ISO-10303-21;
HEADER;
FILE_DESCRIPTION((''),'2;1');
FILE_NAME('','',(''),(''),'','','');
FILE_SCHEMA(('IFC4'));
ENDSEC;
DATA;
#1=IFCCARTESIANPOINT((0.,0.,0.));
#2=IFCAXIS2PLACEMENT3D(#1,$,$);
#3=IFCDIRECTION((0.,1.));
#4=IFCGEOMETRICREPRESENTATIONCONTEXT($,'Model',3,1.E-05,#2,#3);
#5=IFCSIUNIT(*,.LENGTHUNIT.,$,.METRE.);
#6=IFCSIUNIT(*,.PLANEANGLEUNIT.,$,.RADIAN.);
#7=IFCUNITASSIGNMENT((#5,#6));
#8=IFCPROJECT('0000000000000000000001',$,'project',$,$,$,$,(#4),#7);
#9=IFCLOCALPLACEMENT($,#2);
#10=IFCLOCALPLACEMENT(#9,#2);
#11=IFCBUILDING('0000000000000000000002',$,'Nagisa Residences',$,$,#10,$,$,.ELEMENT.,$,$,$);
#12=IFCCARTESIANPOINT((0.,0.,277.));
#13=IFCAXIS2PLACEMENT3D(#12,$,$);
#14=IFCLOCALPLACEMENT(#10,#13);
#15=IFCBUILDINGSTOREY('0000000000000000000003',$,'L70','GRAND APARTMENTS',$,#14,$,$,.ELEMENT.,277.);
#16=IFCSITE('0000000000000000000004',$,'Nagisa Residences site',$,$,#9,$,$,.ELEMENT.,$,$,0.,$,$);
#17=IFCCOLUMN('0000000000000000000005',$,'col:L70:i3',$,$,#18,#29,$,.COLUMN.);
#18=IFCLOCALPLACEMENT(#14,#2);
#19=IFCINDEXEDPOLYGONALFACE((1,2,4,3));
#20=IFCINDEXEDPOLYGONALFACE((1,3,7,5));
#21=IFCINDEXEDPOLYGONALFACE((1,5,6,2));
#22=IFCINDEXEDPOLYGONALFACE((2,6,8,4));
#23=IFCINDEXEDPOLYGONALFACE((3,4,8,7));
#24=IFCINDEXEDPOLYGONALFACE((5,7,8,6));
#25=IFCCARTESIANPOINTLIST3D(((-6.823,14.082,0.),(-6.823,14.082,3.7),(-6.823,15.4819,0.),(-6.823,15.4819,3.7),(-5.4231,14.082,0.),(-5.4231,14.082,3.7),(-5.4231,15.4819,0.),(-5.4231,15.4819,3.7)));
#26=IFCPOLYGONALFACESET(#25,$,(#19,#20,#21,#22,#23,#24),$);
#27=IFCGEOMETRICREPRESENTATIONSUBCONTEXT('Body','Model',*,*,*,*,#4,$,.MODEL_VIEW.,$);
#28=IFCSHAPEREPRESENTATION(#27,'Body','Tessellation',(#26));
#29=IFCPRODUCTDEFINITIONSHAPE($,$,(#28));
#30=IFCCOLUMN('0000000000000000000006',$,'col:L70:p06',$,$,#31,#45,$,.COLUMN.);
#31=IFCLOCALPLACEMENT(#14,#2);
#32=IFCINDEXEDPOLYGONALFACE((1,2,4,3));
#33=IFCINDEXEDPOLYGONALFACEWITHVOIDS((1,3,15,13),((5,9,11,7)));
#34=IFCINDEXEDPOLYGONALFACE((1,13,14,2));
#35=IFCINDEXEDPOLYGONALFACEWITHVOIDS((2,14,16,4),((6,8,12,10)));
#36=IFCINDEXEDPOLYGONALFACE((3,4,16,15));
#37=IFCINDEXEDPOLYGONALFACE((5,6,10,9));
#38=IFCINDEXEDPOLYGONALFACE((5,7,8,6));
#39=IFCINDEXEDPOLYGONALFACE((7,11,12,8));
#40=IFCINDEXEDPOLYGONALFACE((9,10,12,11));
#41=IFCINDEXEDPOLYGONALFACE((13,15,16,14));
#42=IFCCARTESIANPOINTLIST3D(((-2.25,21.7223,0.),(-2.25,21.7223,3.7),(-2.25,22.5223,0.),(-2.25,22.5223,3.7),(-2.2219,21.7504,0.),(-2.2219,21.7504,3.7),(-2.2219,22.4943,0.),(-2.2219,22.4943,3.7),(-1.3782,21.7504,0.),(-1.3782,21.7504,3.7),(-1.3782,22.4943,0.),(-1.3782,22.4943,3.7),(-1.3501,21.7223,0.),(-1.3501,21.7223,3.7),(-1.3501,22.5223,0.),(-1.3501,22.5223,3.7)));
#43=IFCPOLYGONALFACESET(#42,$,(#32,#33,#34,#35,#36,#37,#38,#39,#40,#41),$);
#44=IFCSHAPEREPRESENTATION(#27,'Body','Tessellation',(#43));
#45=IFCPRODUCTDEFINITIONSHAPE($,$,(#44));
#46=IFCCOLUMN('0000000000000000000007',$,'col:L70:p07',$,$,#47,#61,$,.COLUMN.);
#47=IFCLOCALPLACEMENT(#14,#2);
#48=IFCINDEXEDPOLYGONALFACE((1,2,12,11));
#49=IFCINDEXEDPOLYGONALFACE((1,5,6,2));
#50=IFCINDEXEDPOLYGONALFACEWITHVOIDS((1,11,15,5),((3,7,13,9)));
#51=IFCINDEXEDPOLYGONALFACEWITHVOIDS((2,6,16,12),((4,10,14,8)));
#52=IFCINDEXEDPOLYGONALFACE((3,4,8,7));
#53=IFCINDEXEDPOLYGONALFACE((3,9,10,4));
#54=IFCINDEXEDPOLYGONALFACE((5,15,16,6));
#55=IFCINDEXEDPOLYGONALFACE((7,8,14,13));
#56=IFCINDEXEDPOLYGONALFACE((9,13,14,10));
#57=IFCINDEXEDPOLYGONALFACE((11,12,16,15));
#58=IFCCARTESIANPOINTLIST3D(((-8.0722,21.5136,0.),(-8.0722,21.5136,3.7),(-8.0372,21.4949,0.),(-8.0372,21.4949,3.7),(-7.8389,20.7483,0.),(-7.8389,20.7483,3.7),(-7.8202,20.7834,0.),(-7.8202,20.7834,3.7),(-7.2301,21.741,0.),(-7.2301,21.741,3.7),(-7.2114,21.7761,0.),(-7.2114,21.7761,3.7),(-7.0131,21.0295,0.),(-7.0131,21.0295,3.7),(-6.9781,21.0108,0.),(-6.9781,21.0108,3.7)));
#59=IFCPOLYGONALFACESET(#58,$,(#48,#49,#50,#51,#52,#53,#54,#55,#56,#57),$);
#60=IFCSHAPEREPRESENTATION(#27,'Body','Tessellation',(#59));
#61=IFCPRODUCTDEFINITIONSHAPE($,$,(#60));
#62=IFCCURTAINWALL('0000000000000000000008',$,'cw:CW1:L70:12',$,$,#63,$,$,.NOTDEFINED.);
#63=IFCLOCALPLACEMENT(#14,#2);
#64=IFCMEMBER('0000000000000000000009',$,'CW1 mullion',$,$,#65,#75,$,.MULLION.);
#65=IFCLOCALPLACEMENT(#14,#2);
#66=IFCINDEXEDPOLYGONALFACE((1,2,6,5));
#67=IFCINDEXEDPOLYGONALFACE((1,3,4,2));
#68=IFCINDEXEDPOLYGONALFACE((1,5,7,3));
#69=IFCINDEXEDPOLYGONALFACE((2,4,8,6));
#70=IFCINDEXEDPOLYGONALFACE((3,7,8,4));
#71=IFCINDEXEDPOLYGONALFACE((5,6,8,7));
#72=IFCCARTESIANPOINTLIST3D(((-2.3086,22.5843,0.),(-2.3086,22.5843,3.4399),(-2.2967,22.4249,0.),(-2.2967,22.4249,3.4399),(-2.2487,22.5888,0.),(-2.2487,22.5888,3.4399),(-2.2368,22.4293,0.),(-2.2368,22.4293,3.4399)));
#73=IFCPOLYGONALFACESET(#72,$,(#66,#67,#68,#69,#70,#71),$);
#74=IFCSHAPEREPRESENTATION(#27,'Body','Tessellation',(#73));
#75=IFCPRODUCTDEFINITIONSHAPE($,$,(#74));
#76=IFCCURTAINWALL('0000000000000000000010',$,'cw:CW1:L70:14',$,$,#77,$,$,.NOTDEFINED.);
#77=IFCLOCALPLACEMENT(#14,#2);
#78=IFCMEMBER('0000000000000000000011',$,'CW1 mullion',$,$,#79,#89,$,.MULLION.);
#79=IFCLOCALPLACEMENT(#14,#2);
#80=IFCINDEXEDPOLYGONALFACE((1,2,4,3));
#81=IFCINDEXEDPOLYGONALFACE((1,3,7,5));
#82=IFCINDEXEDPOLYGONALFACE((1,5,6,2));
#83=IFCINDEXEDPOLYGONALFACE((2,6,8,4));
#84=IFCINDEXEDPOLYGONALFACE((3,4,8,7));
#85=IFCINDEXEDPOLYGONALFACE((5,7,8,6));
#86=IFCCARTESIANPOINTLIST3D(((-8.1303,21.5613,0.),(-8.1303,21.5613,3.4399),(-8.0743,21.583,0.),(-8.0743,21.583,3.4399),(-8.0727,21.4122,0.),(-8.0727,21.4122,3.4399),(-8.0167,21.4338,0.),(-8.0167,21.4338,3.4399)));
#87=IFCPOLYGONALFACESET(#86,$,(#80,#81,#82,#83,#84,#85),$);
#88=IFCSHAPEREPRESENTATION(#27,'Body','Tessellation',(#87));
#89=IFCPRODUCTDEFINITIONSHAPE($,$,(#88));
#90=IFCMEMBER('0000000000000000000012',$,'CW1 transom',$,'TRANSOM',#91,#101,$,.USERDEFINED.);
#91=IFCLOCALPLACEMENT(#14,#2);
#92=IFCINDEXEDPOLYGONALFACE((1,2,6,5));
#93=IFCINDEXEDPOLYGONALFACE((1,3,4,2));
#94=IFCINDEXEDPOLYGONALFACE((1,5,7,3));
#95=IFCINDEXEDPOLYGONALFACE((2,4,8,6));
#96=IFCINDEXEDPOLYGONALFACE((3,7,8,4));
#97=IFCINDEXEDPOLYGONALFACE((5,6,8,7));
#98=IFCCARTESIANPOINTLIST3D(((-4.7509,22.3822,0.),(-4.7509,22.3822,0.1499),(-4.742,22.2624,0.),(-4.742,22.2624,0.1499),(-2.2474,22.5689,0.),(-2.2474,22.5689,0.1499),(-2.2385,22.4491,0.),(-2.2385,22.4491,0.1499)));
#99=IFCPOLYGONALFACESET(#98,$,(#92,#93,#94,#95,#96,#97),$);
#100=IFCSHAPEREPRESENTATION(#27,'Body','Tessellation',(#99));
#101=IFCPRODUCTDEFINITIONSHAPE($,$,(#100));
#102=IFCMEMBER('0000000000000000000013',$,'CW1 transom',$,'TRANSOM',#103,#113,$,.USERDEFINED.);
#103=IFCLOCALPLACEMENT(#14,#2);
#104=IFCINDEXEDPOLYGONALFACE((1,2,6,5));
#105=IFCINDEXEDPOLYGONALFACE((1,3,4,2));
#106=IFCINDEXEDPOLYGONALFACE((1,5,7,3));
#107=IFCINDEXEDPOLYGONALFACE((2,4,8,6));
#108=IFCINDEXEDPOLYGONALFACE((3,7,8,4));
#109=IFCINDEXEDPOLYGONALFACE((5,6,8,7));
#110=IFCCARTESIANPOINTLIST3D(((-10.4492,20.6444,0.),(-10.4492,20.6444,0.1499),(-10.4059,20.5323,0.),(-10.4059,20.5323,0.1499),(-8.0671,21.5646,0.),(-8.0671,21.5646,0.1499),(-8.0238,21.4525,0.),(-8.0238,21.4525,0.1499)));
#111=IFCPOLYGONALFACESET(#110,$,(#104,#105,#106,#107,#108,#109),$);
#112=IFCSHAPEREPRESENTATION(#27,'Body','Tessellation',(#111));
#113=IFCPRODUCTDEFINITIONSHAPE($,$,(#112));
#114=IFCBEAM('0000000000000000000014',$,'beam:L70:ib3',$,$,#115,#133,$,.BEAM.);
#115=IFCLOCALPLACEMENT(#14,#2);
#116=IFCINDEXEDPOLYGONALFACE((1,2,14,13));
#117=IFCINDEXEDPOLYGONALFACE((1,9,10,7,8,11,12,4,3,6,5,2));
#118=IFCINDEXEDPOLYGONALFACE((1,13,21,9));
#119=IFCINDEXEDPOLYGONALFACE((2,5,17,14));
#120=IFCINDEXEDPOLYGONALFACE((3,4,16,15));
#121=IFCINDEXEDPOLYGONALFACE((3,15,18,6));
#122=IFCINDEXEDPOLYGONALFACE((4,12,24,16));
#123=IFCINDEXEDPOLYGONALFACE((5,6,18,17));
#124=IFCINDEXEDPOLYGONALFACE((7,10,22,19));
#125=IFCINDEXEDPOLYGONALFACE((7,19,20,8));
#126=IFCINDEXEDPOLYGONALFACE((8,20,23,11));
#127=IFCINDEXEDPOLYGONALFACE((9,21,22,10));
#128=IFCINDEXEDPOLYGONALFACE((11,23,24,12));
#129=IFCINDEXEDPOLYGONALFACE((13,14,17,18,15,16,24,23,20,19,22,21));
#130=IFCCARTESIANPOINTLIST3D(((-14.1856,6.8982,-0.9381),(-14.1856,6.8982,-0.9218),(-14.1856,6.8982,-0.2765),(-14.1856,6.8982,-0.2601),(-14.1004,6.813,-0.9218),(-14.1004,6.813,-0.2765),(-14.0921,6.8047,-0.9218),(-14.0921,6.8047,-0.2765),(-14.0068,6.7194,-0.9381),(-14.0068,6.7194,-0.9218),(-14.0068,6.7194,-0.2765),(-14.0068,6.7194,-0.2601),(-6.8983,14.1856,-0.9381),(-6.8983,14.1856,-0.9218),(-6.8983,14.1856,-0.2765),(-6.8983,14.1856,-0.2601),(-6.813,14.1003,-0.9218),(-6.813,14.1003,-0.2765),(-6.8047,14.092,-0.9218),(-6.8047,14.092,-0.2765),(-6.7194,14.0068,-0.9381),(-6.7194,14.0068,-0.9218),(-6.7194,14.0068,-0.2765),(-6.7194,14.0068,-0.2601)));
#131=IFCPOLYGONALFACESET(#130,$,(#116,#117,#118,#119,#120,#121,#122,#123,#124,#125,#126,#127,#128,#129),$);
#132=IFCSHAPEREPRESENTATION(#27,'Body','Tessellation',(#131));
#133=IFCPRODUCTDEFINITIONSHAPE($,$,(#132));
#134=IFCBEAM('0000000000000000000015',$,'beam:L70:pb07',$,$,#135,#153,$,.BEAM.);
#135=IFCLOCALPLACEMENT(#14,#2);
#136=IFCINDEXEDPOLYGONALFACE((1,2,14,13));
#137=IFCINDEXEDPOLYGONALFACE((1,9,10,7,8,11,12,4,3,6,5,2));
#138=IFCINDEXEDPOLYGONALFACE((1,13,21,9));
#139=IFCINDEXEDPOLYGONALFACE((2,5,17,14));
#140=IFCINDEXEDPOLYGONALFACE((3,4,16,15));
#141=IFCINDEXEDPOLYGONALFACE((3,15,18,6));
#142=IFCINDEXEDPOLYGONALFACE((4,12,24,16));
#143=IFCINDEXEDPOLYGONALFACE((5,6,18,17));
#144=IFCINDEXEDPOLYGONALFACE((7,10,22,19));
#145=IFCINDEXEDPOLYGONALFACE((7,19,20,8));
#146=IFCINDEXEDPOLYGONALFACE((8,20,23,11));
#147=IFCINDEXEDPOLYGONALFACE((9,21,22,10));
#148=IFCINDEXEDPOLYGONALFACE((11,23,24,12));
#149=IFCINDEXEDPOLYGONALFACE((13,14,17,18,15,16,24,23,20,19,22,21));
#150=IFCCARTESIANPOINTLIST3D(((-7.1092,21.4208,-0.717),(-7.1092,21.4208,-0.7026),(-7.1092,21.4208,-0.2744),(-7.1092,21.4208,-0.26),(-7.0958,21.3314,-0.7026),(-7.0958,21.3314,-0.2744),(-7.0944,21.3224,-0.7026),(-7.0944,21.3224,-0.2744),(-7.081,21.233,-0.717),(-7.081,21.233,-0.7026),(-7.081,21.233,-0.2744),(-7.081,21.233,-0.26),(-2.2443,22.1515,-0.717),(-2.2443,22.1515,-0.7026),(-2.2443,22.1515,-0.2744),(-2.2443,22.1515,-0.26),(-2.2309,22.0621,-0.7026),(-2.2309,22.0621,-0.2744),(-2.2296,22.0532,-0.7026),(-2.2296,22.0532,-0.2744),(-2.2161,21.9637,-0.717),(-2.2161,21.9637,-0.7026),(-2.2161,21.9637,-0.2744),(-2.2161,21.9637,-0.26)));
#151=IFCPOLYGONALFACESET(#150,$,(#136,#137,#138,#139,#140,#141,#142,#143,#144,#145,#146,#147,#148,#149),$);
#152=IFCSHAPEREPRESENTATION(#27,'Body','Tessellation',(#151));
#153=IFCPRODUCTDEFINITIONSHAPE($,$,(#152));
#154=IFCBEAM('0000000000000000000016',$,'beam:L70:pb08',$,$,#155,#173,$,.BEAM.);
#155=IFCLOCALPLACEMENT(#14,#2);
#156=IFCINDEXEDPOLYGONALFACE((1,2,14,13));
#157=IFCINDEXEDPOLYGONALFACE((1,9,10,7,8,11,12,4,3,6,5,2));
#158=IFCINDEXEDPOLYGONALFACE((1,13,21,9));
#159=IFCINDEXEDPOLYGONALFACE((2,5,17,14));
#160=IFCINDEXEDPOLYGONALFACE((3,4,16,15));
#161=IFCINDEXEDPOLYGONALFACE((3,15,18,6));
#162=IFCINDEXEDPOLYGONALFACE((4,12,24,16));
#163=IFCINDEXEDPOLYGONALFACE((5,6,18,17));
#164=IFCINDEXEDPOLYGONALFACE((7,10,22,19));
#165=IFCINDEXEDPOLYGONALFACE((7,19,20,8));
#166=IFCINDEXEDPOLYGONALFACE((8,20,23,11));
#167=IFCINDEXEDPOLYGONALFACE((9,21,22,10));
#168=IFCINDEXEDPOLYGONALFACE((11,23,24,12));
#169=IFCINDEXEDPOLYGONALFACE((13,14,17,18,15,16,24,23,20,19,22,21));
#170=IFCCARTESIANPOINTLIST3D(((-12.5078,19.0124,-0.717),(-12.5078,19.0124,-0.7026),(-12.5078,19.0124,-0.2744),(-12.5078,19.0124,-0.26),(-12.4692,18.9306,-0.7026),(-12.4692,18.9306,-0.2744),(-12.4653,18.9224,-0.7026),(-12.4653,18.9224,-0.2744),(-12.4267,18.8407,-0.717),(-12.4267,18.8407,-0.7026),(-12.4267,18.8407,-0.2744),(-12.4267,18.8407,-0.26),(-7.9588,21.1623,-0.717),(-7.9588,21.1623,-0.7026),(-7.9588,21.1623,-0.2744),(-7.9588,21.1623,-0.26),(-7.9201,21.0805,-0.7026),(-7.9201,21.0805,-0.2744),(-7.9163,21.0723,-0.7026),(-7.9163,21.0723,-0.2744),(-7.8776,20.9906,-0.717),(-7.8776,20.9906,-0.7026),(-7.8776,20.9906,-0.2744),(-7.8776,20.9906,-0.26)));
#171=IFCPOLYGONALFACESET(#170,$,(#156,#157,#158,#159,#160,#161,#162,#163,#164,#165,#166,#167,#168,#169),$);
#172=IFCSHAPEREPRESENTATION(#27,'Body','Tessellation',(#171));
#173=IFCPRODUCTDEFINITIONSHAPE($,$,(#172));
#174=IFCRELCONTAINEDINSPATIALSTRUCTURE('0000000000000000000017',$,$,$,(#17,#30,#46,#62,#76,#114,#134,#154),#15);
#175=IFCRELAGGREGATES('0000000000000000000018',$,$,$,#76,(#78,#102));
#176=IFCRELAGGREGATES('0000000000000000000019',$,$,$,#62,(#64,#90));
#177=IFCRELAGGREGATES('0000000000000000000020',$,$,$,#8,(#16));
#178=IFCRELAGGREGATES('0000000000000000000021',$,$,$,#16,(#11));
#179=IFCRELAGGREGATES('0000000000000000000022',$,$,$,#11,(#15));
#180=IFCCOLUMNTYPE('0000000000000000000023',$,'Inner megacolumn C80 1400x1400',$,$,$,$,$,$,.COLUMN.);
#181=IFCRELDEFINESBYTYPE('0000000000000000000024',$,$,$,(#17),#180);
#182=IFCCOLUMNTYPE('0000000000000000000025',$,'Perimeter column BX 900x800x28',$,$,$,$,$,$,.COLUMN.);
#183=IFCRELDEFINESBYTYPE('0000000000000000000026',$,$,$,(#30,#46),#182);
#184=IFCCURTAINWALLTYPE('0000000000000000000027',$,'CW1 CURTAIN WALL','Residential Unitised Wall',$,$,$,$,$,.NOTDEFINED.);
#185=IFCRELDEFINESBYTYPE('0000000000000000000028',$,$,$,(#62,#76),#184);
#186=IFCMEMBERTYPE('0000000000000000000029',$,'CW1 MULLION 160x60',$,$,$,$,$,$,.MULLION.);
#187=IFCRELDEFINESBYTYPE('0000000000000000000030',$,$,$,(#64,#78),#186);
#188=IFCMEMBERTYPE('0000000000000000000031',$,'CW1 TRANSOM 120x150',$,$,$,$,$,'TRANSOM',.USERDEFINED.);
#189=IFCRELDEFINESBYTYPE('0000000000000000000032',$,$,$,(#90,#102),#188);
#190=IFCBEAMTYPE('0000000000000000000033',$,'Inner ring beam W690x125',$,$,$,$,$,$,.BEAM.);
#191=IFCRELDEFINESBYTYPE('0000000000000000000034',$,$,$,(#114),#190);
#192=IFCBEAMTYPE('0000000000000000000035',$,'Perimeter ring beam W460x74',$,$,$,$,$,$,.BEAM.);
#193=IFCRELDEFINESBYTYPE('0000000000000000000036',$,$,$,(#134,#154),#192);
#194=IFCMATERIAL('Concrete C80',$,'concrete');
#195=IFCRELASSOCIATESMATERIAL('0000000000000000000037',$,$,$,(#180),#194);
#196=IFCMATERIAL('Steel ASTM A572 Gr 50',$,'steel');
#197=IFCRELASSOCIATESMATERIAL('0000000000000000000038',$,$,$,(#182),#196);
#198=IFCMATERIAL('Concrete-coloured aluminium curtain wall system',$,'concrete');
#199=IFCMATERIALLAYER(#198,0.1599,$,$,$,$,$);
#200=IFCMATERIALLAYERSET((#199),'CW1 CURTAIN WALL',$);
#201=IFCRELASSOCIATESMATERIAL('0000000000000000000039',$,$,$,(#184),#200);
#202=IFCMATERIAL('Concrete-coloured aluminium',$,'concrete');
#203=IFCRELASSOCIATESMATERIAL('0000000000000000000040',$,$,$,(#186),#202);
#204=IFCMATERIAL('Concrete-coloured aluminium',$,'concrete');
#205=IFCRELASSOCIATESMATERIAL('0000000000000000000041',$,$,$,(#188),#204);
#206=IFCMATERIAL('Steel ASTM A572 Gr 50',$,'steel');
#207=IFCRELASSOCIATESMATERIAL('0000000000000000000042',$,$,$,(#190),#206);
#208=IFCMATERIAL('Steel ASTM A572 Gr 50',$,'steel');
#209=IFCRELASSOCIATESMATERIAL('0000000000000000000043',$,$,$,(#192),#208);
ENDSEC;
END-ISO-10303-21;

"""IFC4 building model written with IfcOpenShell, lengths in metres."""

from ifc_helpers import new_model, si_unit, direction, frame, origin, origin_2d, place, context, subcontext, project, spatial, rectangle, hollow_rectangle, i_section, extrude, material, layer, layer_set, material_profile, profile_set, type_object, element, aggregate, save


model = new_model("IFC4")

# Units and contexts
model_context = context("Model", 3, precision=1e-05, world=origin(), true_north=direction((0.0, 1.0)))
body_context = subcontext(model_context, "Body", "Model", "MODEL_VIEW")
ifc_project = project(units=[si_unit("LENGTHUNIT", "METRE"), si_unit("PLANEANGLEUNIT", "RADIAN")], contexts=[model_context])

# Site, building, storey
site_placement = place(None, origin())
site = spatial("IfcSite", under=ifc_project, at=site_placement, Name="Nagisa Residences site", CompositionType="ELEMENT", RefElevation=0.0)
building_placement = place(site_placement, origin())
building = spatial("IfcBuilding", under=site, at=building_placement, Name="Nagisa Residences", CompositionType="ELEMENT")
storey_placement = place(building_placement, frame((0.0, 0.0, 277.0)))
storey = spatial("IfcBuildingStorey", under=building, at=storey_placement, Name="L70", Description="GRAND APARTMENTS", CompositionType="ELEMENT", Elevation=277.0)

# Columns
ifc_material_1 = material(Name="Concrete C80", Category="concrete")
ifc_material_profile_1 = material_profile(ifc_material_1, rectangle(XDim=1.3999, YDim=1.3999, at=origin_2d()), Name="C80 1400x1400")
ifc_profile_set_1 = profile_set([ifc_material_profile_1], Name="Concrete C80")
column_type_1 = type_object("IfcColumnType", Name="Inner megacolumn C80 1400x1400", PredefinedType="COLUMN", material=ifc_profile_set_1)
column_placement = place(storey_placement, frame((-6.123, 14.782, 0.0), z_axis=(0.0, 0.0, 1.0), x_axis=(1.0, 0.0, 0.0)))
element("IfcColumn", 1, at=column_placement, inside=storey, type_object=column_type_1, Name="col:L70:i3", PredefinedType="COLUMN", context=body_context, shape_type="SweptSolid", body=[
    extrude(rectangle(XDim=1.3999, YDim=1.3999, at=origin_2d()), origin(), (0.0, 0.0, 1.0), 3.7),
])
ifc_material_2 = material(Name="Steel ASTM A572 Gr 50", Category="steel")
ifc_material_profile_2 = material_profile(ifc_material_2, hollow_rectangle(XDim=0.8999, YDim=0.8, WallThickness=0.0281, at=origin_2d()), Name="BX 900x800x28")
ifc_profile_set_2 = profile_set([ifc_material_profile_2], Name="Steel ASTM A572 Gr 50")
column_type_2 = type_object("IfcColumnType", Name="Perimeter column BX 900x800x28", PredefinedType="COLUMN", material=ifc_profile_set_2)
for number, where, z_axis, x_axis, name in (
    (2, (-1.8, 22.1223, 0.0), (0.0, 0.0, 1.0), (-1.0, 0.0, 0.0), "col:L70:p06"),
    (3, (-7.5251, 21.2622, 0.0), (0.0, 0.0, 1.0), (-0.956525, -0.291652, 0.0), "col:L70:p07"),
):
    element("IfcColumn", number, at=place(storey_placement, frame(where, z_axis=z_axis, x_axis=x_axis)), inside=storey, type_object=column_type_2, Name=name, PredefinedType="COLUMN", context=body_context, shape_type="SweptSolid", body=[
        extrude(hollow_rectangle(XDim=0.8999, YDim=0.8, WallThickness=0.0281, at=origin_2d()), origin(), (0.0, 0.0, 1.0), 3.7),
    ])

# Curtain walls, members
ifc_material_3 = material(Name="Concrete-coloured aluminium curtain wall system", Category="concrete")
ifc_layer_1 = layer(ifc_material_3, 0.1599)
ifc_layer_set_1 = layer_set([ifc_layer_1], Name="CW1 CURTAIN WALL")
curtain_wall_type = type_object("IfcCurtainWallType", Name="CW1 CURTAIN WALL", Description="Residential Unitised Wall", PredefinedType="NOTDEFINED", material=ifc_layer_set_1)
curtain_wall_1_placement = place(storey_placement, origin())
curtain_wall_1 = element("IfcCurtainWall", 4, at=curtain_wall_1_placement, inside=storey, type_object=curtain_wall_type, Name="cw:CW1:L70:12", PredefinedType="NOTDEFINED")
ifc_material_4 = material(Name="Concrete-coloured aluminium", Category="concrete")
ifc_material_profile_3 = material_profile(ifc_material_4, rectangle(XDim=0.1599, YDim=0.0601, at=origin_2d()), Name="CW1 MULLION 160x60")
ifc_profile_set_3 = profile_set([ifc_material_profile_3], Name="Concrete-coloured aluminium")
member_type_1 = type_object("IfcMemberType", Name="CW1 MULLION 160x60", PredefinedType="MULLION", material=ifc_profile_set_3)
member_1_placement = place(storey_placement, frame((-2.2727, 22.5068, 0.0), z_axis=(0.0, 0.0, 1.0), x_axis=(0.074377, -0.99723, 0.0)))
member_1 = element("IfcMember", 5, at=member_1_placement, type_object=member_type_1, Name="CW1 mullion", PredefinedType="MULLION", context=body_context, shape_type="SweptSolid", body=[
    extrude(rectangle(XDim=0.1599, YDim=0.0601, at=origin_2d()), origin(), (0.0, 0.0, 1.0), 3.4399),
])
curtain_wall_2_placement = place(storey_placement, origin())
curtain_wall_2 = element("IfcCurtainWall", 6, at=curtain_wall_2_placement, inside=storey, type_object=curtain_wall_type, Name="cw:CW1:L70:14", PredefinedType="NOTDEFINED")
member_2_placement = place(storey_placement, frame((-8.0735, 21.4976, 0.0), z_axis=(0.0, 0.0, 1.0), x_axis=(0.360328, -0.932826, 0.0)))
member_2 = element("IfcMember", 7, at=member_2_placement, type_object=member_type_1, Name="CW1 mullion", PredefinedType="MULLION", context=body_context, shape_type="SweptSolid", body=[
    extrude(rectangle(XDim=0.1599, YDim=0.0601, at=origin_2d()), origin(), (0.0, 0.0, 1.0), 3.4399),
])

# Members
ifc_material_5 = material(Name="Concrete-coloured aluminium", Category="concrete")
ifc_material_profile_4 = material_profile(ifc_material_5, rectangle(XDim=0.1201, YDim=0.1499, at=origin_2d()), Name="CW1 TRANSOM 120x150")
ifc_profile_set_4 = profile_set([ifc_material_profile_4], Name="Concrete-coloured aluminium")
member_type_2 = type_object("IfcMemberType", Name="CW1 TRANSOM 120x150", ElementType="TRANSOM", PredefinedType="USERDEFINED", material=ifc_profile_set_4)
member_3_placement = place(storey_placement, frame((-2.2429, 22.509, 0.075), z_axis=(-0.997229, -0.074391, 0.0), x_axis=(0.074391, -0.997229, 0.0)))
member_3 = element("IfcMember", 8, at=member_3_placement, type_object=member_type_2, Name="CW1 transom", ObjectType="TRANSOM", PredefinedType="USERDEFINED", context=body_context, shape_type="SweptSolid", body=[
    extrude(rectangle(XDim=0.1201, YDim=0.1499, at=origin_2d()), origin(), (0.0, 0.0, 1.0), 2.5105),
])
member_4_placement = place(storey_placement, frame((-8.0454, 21.5085, 0.075), z_axis=(-0.932822, -0.360337, 0.0), x_axis=(0.360337, -0.932822, 0.0)))
member_4 = element("IfcMember", 9, at=member_4_placement, type_object=member_type_2, Name="CW1 transom", ObjectType="TRANSOM", PredefinedType="USERDEFINED", context=body_context, shape_type="SweptSolid", body=[
    extrude(rectangle(XDim=0.1201, YDim=0.1499, at=origin_2d()), origin(), (0.0, 0.0, 1.0), 2.5537),
])
aggregate(curtain_wall_2, [member_2, member_4])

# Beams
ifc_material_6 = material(Name="Steel ASTM A572 Gr 50", Category="steel")
ifc_material_profile_5 = material_profile(ifc_material_6, i_section(OverallWidth=0.2529, OverallDepth=0.678, WebThickness=0.0117, FlangeThickness=0.0164, at=origin_2d()), Name="W690x125")
ifc_profile_set_5 = profile_set([ifc_material_profile_5], Name="Steel ASTM A572 Gr 50")
beam_type_1 = type_object("IfcBeamType", Name="Inner ring beam W690x125", PredefinedType="BEAM", material=ifc_profile_set_5)
beam_1_placement = place(storey_placement, frame((-6.8088, 14.0962, -0.5991), z_axis=(-0.707107, -0.707107, 0.0), x_axis=(0.707107, -0.707107, 0.0)))
element("IfcBeam", 10, at=beam_1_placement, inside=storey, type_object=beam_type_1, Name="beam:L70:ib3", PredefinedType="BEAM", context=body_context, shape_type="SweptSolid", body=[
    extrude(i_section(OverallWidth=0.2529, OverallDepth=0.678, WebThickness=0.0117, FlangeThickness=0.0164, at=origin_2d()), origin(), (0.0, 0.0, 1.0), 10.3059),
])
ifc_material_7 = material(Name="Steel ASTM A572 Gr 50", Category="steel")
ifc_material_profile_6 = material_profile(ifc_material_7, i_section(OverallWidth=0.1899, OverallDepth=0.457, WebThickness=0.009, FlangeThickness=0.0144, at=origin_2d()), Name="W460x74")
ifc_profile_set_6 = profile_set([ifc_material_profile_6], Name="Steel ASTM A572 Gr 50")
beam_type_2 = type_object("IfcBeamType", Name="Perimeter ring beam W460x74", PredefinedType="BEAM", material=ifc_profile_set_6)
beam_2_placement = place(storey_placement, frame((-2.2302, 22.0576, -0.4885), z_axis=(-0.988906, -0.148539, 0.0), x_axis=(0.148539, -0.988906, 0.0)))
element("IfcBeam", 11, at=beam_2_placement, inside=storey, type_object=beam_type_2, Name="beam:L70:pb07", PredefinedType="BEAM", context=body_context, shape_type="SweptSolid", body=[
    extrude(i_section(OverallWidth=0.1899, OverallDepth=0.457, WebThickness=0.009, FlangeThickness=0.0144, at=origin_2d()), origin(), (0.0, 0.0, 1.0), 4.9194),
])
beam_3_placement = place(storey_placement, frame((-7.9182, 21.0764, -0.4885), z_axis=(-0.904116, -0.427287, 0.0), x_axis=(0.427287, -0.904116, 0.0)))
element("IfcBeam", 12, at=beam_3_placement, inside=storey, type_object=beam_type_2, Name="beam:L70:pb08", PredefinedType="BEAM", context=body_context, shape_type="SweptSolid", body=[
    extrude(i_section(OverallWidth=0.1899, OverallDepth=0.457, WebThickness=0.009, FlangeThickness=0.0144, at=origin_2d()), origin(), (0.0, 0.0, 1.0), 5.0315),
])

aggregate(curtain_wall_1, [member_1, member_3])

save(model, "model.ifc")
